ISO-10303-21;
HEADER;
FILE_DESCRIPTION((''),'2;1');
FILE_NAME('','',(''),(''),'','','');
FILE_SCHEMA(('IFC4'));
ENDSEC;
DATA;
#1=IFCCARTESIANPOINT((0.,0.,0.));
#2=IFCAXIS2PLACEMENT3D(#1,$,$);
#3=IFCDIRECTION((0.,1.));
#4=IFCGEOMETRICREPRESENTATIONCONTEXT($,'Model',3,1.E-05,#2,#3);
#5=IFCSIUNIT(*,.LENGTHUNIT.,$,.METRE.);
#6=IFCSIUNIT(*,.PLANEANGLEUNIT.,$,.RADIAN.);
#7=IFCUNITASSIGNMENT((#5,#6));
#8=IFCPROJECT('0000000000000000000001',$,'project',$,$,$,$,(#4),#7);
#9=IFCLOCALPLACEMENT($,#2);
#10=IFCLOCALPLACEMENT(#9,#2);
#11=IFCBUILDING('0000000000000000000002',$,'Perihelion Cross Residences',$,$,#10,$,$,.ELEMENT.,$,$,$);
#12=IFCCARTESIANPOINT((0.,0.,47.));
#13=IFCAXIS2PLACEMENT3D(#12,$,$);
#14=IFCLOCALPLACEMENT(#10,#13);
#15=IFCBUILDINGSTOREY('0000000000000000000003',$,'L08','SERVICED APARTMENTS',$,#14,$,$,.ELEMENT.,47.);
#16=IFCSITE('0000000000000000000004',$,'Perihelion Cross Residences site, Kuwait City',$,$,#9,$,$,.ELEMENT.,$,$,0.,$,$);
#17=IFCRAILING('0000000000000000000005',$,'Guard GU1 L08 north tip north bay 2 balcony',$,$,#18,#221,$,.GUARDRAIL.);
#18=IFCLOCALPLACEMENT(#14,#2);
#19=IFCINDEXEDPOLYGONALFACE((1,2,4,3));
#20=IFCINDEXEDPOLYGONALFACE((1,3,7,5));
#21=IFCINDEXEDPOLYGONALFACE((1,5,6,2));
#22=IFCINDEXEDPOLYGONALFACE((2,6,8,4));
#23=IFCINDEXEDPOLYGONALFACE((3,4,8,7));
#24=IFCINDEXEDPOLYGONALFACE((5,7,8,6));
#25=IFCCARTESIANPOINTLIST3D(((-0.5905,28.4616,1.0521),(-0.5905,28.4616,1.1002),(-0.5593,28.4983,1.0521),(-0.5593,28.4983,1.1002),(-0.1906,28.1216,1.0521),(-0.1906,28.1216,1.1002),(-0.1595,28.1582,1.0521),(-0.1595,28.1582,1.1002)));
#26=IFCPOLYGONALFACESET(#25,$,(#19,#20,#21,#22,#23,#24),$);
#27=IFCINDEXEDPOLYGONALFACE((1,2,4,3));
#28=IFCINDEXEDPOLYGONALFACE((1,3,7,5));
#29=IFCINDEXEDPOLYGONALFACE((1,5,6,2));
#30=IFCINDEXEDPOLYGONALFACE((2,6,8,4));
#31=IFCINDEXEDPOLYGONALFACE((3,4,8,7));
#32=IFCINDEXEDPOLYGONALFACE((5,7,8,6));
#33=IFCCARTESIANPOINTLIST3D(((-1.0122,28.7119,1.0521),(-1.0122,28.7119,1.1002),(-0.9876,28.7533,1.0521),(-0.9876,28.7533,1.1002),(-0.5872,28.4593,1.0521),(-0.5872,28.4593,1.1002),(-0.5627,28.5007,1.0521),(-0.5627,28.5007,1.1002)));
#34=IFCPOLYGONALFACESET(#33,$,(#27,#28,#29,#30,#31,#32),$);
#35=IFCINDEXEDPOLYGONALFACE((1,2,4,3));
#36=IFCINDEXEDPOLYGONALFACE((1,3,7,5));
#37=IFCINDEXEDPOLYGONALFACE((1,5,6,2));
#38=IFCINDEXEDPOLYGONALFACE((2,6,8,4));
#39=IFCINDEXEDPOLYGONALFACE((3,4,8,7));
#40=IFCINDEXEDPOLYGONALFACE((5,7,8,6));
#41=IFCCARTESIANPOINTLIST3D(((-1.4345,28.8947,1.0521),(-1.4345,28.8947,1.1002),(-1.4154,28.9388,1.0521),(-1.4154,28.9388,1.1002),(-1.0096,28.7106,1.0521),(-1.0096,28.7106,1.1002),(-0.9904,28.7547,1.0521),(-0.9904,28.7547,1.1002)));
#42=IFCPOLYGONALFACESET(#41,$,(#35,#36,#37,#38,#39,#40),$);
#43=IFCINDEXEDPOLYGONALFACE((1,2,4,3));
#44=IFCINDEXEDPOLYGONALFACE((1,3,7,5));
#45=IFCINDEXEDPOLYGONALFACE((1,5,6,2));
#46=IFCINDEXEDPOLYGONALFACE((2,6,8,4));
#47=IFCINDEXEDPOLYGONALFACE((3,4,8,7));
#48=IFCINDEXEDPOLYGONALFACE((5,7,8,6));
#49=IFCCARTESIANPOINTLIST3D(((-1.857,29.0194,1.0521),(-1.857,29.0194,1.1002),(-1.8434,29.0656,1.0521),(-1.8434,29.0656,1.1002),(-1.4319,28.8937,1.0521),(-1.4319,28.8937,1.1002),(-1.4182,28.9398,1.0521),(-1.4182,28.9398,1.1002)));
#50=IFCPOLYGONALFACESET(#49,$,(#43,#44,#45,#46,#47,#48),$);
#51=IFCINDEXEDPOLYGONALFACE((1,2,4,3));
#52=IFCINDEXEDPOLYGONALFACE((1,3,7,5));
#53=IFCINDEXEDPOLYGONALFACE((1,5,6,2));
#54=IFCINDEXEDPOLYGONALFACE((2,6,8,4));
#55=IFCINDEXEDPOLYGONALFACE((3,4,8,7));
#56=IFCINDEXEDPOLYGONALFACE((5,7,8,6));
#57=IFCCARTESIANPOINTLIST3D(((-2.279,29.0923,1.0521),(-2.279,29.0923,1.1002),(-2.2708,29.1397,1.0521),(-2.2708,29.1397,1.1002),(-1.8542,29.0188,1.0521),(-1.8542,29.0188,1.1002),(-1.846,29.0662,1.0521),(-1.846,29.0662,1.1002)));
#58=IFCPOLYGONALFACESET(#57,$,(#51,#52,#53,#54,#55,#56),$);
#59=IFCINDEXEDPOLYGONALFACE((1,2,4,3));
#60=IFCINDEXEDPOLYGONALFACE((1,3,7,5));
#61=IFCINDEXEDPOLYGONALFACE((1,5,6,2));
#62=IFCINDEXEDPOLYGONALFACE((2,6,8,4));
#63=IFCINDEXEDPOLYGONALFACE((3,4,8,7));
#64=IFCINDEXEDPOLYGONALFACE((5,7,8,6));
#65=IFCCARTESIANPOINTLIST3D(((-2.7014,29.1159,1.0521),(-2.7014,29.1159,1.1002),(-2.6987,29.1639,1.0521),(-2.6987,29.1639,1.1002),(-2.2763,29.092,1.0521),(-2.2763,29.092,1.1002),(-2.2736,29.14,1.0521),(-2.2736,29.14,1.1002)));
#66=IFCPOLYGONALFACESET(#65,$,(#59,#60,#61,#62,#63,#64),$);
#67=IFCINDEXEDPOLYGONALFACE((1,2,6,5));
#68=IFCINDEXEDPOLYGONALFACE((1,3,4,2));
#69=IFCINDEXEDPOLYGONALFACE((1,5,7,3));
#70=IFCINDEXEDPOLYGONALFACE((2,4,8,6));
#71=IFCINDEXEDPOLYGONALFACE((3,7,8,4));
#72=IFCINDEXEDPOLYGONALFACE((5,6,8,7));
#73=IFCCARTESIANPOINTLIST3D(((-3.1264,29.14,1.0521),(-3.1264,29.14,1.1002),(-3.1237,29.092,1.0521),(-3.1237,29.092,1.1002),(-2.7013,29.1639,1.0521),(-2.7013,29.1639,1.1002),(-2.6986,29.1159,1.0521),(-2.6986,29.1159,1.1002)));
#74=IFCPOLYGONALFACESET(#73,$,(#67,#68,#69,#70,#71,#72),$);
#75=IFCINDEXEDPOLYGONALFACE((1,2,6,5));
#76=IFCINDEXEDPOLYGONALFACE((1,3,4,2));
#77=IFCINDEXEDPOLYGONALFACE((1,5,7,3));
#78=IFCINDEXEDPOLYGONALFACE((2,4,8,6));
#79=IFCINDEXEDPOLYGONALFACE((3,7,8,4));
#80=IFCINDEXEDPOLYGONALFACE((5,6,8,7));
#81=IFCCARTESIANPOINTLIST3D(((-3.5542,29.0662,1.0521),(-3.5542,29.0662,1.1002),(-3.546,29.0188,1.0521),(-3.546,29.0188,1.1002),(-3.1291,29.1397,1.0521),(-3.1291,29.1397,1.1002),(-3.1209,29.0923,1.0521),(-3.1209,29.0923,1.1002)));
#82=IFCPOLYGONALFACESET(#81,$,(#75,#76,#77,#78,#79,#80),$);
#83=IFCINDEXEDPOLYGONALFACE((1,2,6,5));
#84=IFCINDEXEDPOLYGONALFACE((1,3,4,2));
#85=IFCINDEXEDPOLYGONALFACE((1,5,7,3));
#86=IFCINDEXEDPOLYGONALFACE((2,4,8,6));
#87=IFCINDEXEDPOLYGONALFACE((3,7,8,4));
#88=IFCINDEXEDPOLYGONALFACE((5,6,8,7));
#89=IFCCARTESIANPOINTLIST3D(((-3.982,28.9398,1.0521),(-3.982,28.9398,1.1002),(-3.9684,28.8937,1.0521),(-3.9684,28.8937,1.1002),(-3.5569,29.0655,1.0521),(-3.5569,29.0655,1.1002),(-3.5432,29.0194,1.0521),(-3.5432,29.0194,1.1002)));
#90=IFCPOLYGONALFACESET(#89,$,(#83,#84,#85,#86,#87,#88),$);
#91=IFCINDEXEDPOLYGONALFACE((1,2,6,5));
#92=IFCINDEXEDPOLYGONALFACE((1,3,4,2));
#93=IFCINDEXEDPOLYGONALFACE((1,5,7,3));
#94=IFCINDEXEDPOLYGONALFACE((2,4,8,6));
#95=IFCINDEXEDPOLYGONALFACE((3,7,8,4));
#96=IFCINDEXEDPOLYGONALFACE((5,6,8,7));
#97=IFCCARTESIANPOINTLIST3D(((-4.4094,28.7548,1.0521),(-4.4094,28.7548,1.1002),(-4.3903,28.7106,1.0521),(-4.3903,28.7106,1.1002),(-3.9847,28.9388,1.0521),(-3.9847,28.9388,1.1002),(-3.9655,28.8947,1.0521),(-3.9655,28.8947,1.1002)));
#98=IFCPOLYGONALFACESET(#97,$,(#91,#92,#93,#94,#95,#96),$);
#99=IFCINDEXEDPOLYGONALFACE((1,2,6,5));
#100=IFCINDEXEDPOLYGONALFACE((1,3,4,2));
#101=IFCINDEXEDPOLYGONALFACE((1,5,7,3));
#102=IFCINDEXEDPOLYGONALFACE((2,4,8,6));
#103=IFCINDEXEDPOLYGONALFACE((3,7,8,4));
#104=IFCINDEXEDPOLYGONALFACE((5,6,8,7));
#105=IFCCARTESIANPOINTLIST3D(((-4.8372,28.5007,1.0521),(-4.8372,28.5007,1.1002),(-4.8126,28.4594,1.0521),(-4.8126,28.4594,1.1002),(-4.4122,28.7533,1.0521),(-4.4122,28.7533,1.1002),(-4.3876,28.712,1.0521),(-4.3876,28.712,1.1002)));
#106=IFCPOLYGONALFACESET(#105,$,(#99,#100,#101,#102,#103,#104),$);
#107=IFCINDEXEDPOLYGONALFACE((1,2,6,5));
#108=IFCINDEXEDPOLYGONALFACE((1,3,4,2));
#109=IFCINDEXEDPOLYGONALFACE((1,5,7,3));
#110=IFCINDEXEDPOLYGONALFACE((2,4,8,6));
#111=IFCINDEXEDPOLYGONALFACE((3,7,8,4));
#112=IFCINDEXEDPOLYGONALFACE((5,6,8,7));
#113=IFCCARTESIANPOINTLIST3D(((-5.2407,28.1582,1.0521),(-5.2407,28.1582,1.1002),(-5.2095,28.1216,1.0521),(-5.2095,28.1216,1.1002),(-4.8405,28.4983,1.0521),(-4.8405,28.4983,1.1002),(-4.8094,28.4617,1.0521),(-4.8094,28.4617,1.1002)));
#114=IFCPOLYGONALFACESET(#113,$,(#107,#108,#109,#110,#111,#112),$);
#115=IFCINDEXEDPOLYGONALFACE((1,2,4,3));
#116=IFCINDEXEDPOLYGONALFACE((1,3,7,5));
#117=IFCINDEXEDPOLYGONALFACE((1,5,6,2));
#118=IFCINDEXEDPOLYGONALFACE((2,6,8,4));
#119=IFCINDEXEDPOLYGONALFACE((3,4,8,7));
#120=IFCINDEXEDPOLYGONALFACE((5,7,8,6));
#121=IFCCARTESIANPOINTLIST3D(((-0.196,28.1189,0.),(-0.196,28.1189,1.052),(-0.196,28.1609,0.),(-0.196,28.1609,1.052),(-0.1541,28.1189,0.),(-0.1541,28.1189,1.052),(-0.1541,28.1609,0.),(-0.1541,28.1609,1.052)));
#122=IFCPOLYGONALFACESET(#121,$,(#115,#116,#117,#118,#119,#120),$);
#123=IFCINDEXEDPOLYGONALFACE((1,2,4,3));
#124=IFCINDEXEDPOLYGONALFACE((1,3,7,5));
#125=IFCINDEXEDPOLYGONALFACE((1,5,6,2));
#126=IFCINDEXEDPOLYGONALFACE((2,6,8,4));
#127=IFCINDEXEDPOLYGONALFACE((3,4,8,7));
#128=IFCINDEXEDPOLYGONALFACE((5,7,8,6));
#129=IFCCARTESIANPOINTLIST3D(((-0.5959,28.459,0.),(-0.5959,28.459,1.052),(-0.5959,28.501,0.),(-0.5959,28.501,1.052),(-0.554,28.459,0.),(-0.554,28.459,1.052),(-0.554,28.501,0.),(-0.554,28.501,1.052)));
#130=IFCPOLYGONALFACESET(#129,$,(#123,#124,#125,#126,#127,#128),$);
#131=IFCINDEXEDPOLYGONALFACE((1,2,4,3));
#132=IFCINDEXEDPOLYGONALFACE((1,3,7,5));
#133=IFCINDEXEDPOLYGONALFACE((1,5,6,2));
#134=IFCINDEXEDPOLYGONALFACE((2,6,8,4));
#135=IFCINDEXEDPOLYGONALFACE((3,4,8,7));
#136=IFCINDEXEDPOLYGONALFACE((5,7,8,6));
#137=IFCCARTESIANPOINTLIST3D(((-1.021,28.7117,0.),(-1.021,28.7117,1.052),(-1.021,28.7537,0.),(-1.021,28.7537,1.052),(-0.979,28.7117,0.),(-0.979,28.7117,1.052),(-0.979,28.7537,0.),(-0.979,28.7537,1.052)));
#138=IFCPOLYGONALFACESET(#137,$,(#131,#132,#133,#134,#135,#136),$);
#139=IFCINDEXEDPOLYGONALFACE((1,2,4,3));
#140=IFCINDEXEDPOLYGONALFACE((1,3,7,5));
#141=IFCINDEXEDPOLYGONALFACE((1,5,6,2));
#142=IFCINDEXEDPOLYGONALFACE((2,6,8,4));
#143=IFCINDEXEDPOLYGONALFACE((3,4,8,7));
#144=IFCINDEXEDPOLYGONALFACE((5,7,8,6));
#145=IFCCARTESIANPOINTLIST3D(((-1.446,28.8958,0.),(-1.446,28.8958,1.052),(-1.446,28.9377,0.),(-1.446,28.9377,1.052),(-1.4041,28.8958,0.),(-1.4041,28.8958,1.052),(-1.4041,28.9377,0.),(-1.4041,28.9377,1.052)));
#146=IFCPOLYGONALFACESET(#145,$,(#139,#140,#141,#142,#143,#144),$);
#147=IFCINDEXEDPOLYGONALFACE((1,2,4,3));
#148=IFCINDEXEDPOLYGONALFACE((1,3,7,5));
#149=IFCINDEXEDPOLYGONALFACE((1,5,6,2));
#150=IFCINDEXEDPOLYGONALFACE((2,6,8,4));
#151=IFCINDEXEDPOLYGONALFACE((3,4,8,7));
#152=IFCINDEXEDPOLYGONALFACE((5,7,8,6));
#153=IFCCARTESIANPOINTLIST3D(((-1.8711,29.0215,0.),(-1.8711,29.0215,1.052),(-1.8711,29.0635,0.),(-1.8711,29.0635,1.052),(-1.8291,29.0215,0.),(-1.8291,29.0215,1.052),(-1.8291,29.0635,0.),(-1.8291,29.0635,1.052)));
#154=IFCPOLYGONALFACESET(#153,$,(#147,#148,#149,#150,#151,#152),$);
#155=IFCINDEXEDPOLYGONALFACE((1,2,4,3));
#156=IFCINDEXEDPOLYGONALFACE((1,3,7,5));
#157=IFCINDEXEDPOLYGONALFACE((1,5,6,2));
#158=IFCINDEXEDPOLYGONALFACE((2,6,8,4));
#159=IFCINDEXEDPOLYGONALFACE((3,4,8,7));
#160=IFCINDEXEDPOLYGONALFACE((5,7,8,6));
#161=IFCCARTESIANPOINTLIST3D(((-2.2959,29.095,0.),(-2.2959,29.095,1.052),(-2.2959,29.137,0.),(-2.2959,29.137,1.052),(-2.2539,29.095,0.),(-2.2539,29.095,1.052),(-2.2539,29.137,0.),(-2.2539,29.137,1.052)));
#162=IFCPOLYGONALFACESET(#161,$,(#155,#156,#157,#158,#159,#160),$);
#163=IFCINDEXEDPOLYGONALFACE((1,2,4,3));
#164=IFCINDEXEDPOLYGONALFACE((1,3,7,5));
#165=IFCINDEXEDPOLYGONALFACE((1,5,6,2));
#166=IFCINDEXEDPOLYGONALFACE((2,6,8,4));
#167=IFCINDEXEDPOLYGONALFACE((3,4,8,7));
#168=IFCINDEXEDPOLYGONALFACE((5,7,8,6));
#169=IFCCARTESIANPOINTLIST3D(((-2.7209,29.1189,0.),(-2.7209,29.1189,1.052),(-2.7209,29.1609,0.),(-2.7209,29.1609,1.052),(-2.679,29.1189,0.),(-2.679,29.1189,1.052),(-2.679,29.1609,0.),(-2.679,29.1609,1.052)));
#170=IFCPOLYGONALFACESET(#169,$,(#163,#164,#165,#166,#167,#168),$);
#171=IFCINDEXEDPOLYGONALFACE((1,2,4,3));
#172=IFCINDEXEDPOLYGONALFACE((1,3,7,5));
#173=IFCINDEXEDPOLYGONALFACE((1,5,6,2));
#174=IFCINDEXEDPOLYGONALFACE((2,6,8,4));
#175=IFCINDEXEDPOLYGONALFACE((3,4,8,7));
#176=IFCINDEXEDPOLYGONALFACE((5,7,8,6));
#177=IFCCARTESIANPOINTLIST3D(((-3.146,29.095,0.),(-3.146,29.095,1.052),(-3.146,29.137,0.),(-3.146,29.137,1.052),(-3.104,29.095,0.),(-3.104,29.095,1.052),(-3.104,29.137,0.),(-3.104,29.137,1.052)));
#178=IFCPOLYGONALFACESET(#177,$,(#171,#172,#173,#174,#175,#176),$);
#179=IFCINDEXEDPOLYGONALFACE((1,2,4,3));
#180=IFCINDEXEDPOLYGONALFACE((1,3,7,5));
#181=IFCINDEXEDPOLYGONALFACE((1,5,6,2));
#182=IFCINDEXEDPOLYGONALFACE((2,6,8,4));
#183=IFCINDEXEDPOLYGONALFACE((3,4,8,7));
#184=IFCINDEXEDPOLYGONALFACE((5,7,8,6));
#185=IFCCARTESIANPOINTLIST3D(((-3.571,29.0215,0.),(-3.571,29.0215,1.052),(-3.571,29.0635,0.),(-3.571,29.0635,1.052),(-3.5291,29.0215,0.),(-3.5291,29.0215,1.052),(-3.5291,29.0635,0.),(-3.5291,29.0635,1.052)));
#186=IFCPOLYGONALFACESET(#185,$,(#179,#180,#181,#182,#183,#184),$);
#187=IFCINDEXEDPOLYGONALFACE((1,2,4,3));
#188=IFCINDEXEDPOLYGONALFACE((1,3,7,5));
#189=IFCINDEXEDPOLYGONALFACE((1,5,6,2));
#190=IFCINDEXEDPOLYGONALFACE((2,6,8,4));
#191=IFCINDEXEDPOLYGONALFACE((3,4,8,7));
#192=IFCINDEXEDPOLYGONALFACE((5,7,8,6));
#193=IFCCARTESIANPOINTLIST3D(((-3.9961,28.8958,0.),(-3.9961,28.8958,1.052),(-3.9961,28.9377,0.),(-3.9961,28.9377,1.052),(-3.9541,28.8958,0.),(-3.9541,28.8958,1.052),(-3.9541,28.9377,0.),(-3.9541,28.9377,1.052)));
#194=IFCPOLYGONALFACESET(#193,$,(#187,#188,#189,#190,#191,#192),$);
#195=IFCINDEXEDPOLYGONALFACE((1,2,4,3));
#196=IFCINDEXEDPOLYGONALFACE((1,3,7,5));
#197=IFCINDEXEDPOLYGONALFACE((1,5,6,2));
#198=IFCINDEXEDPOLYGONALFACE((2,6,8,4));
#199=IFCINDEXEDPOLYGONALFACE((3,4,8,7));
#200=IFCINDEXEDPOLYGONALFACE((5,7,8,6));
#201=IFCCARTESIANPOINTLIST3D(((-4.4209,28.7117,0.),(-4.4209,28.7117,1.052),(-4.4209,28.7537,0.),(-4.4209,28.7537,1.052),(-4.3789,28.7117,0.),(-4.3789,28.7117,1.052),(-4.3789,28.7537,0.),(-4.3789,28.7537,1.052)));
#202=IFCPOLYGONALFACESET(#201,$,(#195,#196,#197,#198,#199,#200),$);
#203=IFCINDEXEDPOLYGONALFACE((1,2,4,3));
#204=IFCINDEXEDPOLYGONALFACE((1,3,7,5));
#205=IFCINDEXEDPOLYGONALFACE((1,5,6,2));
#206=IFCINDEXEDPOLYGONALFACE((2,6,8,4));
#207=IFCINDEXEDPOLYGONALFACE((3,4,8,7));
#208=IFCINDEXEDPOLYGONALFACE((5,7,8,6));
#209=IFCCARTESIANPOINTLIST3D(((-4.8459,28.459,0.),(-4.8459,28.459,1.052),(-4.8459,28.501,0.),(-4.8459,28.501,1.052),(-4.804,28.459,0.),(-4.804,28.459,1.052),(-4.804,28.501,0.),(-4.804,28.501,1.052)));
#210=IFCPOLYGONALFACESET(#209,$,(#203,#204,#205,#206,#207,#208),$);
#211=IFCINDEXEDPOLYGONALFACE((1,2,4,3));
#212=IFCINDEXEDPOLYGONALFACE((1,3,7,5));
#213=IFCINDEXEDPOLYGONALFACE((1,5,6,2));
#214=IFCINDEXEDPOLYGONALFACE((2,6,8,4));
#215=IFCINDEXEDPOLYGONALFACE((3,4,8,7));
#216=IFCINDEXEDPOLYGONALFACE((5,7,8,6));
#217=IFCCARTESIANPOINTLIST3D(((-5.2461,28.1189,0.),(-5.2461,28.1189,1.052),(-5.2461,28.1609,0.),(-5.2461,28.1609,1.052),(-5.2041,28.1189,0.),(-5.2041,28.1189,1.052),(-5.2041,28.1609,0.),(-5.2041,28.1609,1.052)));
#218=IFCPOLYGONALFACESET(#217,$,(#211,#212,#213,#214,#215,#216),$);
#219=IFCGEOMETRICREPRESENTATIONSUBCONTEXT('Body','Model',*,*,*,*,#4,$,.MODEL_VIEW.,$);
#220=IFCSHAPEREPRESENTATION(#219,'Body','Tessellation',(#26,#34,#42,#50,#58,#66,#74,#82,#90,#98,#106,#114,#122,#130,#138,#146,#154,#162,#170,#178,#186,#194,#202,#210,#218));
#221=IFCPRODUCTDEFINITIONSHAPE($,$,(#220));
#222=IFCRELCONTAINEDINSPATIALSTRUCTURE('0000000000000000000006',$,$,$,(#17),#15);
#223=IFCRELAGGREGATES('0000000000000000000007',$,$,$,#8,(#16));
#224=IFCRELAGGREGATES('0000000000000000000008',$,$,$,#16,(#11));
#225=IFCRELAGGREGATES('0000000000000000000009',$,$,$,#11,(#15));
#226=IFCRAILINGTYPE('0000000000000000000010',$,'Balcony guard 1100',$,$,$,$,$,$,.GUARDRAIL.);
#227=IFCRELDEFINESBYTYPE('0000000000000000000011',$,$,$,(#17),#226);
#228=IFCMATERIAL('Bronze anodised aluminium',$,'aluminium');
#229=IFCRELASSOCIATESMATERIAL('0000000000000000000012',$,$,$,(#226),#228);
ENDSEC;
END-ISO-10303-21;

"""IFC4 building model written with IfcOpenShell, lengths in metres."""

from ifc_helpers import new_model, si_unit, direction, frame, origin, origin_2d, place, context, subcontext, project, spatial, rectangle, extrude, material, type_object, element, save


model = new_model("IFC4")

# Units and contexts
model_context = context("Model", 3, precision=1e-05, world=origin(), true_north=direction((0.0, 1.0)))
body_context = subcontext(model_context, "Body", "Model", "MODEL_VIEW")
ifc_project = project(units=[si_unit("LENGTHUNIT", "METRE"), si_unit("PLANEANGLEUNIT", "RADIAN")], contexts=[model_context])

# Site, building, storey
site_placement = place(None, origin())
site = spatial("IfcSite", under=ifc_project, at=site_placement, Name="Perihelion Cross Residences site, Kuwait City", CompositionType="ELEMENT", RefElevation=0.0)
building_placement = place(site_placement, origin())
building = spatial("IfcBuilding", under=site, at=building_placement, Name="Perihelion Cross Residences", CompositionType="ELEMENT")
storey_placement = place(building_placement, frame((0.0, 0.0, 47.0)))
storey = spatial("IfcBuildingStorey", under=building, at=storey_placement, Name="L08", Description="SERVICED APARTMENTS", CompositionType="ELEMENT", Elevation=47.0)

# Railing
ifc_material_1 = material(Name="Bronze anodised aluminium", Category="aluminium")
railing_type = type_object("IfcRailingType", Name="Balcony guard 1100", PredefinedType="GUARDRAIL", material=ifc_material_1)
railing_placement = place(storey_placement, frame((-0.175, 28.1399, 0.0)))
element("IfcRailing", 1, at=railing_placement, inside=storey, type_object=railing_type, Name="Guard GU1 L08 north tip north bay 2 balcony", PredefinedType="GUARDRAIL", context=body_context, shape_type="SweptSolid", body=[
    extrude(rectangle(XDim=0.0481, YDim=0.0481, at=origin_2d()), frame((0.0, 0.0, 1.0762), z_axis=(-0.761779, 0.647837, 0.0), x_axis=(-0.647837, -0.761779, 0.0)), (0.0, 0.0, 1.0), 0.5249),
    extrude(rectangle(XDim=0.0481, YDim=0.0481, at=origin_2d()), frame((-0.3999, 0.3401, 1.0762), z_axis=(-0.859577, 0.511006, 0.0), x_axis=(-0.511006, -0.859577, 0.0)), (0.0, 0.0, 1.0), 0.4944),
    extrude(rectangle(XDim=0.0481, YDim=0.0481, at=origin_2d()), frame((-0.825, 0.5928, 1.0762), z_axis=(-0.917639, 0.397415, 0.0), x_axis=(-0.397415, -0.917639, 0.0)), (0.0, 0.0, 1.0), 0.4631),
    extrude(rectangle(XDim=0.0481, YDim=0.0481, at=origin_2d()), frame((-1.25, 0.7769, 1.0762), z_axis=(-0.958926, 0.283657, 0.0), x_axis=(-0.283657, -0.958926, 0.0)), (0.0, 0.0, 1.0), 0.4434),
    extrude(rectangle(XDim=0.0481, YDim=0.0481, at=origin_2d()), frame((-1.675, 0.9026, 1.0762), z_axis=(-0.985365, 0.170457, 0.0), x_axis=(-0.170457, -0.985365, 0.0)), (0.0, 0.0, 1.0), 0.4312),
    extrude(rectangle(XDim=0.0481, YDim=0.0481, at=origin_2d()), frame((-2.0999, 0.9761, 1.0762), z_axis=(-0.99842, 0.056201, 0.0), x_axis=(-0.056201, -0.99842, 0.0)), (0.0, 0.0, 1.0), 0.4258),
    extrude(rectangle(XDim=0.0481, YDim=0.0481, at=origin_2d()), frame((-2.5249, 1.0, 1.0762), z_axis=(-0.99842, -0.056201, 0.0), x_axis=(0.056201, -0.99842, 0.0)), (0.0, 0.0, 1.0), 0.4258),
    extrude(rectangle(XDim=0.0481, YDim=0.0481, at=origin_2d()), frame((-2.95, 0.9761, 1.0762), z_axis=(-0.985382, -0.170362, 0.0), x_axis=(0.170362, -0.985382, 0.0)), (0.0, 0.0, 1.0), 0.4314),
    extrude(rectangle(XDim=0.0481, YDim=0.0481, at=origin_2d()), frame((-3.375, 0.9026, 1.0762), z_axis=(-0.958926, -0.283657, 0.0), x_axis=(0.283657, -0.958926, 0.0)), (0.0, 0.0, 1.0), 0.4434),
    extrude(rectangle(XDim=0.0481, YDim=0.0481, at=origin_2d()), frame((-3.8, 0.7769, 1.0762), z_axis=(-0.917556, -0.397607, 0.0), x_axis=(0.397607, -0.917556, 0.0)), (0.0, 0.0, 1.0), 0.4629),
    extrude(rectangle(XDim=0.0481, YDim=0.0481, at=origin_2d()), frame((-4.2249, 0.5928, 1.0762), z_axis=(-0.859577, -0.511006, 0.0), x_axis=(0.511006, -0.859577, 0.0)), (0.0, 0.0, 1.0), 0.4944),
    extrude(rectangle(XDim=0.0481, YDim=0.0481, at=origin_2d()), frame((-4.6499, 0.3401, 1.0762), z_axis=(-0.761974, -0.647608, 0.0), x_axis=(0.647608, -0.761974, 0.0)), (0.0, 0.0, 1.0), 0.5251),
    extrude(rectangle(XDim=0.042, YDim=0.042, at=origin_2d()), origin(), (0.0, 0.0, 1.0), 1.052),
    extrude(rectangle(XDim=0.042, YDim=0.042, at=origin_2d()), frame((-0.3999, 0.3401, 0.0)), (0.0, 0.0, 1.0), 1.052),
    extrude(rectangle(XDim=0.042, YDim=0.042, at=origin_2d()), frame((-0.825, 0.5928, 0.0)), (0.0, 0.0, 1.0), 1.052),
    extrude(rectangle(XDim=0.042, YDim=0.042, at=origin_2d()), frame((-1.25, 0.7769, 0.0)), (0.0, 0.0, 1.0), 1.052),
    extrude(rectangle(XDim=0.042, YDim=0.042, at=origin_2d()), frame((-1.675, 0.9026, 0.0)), (0.0, 0.0, 1.0), 1.052),
    extrude(rectangle(XDim=0.042, YDim=0.042, at=origin_2d()), frame((-2.0999, 0.9761, 0.0)), (0.0, 0.0, 1.0), 1.052),
    extrude(rectangle(XDim=0.042, YDim=0.042, at=origin_2d()), frame((-2.5249, 1.0, 0.0)), (0.0, 0.0, 1.0), 1.052),
    extrude(rectangle(XDim=0.042, YDim=0.042, at=origin_2d()), frame((-2.95, 0.9761, 0.0)), (0.0, 0.0, 1.0), 1.052),
    extrude(rectangle(XDim=0.042, YDim=0.042, at=origin_2d()), frame((-3.375, 0.9026, 0.0)), (0.0, 0.0, 1.0), 1.052),
    extrude(rectangle(XDim=0.042, YDim=0.042, at=origin_2d()), frame((-3.8, 0.7769, 0.0)), (0.0, 0.0, 1.0), 1.052),
    extrude(rectangle(XDim=0.042, YDim=0.042, at=origin_2d()), frame((-4.2249, 0.5928, 0.0)), (0.0, 0.0, 1.0), 1.052),
    extrude(rectangle(XDim=0.042, YDim=0.042, at=origin_2d()), frame((-4.6499, 0.3401, 0.0)), (0.0, 0.0, 1.0), 1.052),
    extrude(rectangle(XDim=0.042, YDim=0.042, at=origin_2d()), frame((-5.05, 0.0, 0.0)), (0.0, 0.0, 1.0), 1.052),
])

save(model, "model.ifc")
